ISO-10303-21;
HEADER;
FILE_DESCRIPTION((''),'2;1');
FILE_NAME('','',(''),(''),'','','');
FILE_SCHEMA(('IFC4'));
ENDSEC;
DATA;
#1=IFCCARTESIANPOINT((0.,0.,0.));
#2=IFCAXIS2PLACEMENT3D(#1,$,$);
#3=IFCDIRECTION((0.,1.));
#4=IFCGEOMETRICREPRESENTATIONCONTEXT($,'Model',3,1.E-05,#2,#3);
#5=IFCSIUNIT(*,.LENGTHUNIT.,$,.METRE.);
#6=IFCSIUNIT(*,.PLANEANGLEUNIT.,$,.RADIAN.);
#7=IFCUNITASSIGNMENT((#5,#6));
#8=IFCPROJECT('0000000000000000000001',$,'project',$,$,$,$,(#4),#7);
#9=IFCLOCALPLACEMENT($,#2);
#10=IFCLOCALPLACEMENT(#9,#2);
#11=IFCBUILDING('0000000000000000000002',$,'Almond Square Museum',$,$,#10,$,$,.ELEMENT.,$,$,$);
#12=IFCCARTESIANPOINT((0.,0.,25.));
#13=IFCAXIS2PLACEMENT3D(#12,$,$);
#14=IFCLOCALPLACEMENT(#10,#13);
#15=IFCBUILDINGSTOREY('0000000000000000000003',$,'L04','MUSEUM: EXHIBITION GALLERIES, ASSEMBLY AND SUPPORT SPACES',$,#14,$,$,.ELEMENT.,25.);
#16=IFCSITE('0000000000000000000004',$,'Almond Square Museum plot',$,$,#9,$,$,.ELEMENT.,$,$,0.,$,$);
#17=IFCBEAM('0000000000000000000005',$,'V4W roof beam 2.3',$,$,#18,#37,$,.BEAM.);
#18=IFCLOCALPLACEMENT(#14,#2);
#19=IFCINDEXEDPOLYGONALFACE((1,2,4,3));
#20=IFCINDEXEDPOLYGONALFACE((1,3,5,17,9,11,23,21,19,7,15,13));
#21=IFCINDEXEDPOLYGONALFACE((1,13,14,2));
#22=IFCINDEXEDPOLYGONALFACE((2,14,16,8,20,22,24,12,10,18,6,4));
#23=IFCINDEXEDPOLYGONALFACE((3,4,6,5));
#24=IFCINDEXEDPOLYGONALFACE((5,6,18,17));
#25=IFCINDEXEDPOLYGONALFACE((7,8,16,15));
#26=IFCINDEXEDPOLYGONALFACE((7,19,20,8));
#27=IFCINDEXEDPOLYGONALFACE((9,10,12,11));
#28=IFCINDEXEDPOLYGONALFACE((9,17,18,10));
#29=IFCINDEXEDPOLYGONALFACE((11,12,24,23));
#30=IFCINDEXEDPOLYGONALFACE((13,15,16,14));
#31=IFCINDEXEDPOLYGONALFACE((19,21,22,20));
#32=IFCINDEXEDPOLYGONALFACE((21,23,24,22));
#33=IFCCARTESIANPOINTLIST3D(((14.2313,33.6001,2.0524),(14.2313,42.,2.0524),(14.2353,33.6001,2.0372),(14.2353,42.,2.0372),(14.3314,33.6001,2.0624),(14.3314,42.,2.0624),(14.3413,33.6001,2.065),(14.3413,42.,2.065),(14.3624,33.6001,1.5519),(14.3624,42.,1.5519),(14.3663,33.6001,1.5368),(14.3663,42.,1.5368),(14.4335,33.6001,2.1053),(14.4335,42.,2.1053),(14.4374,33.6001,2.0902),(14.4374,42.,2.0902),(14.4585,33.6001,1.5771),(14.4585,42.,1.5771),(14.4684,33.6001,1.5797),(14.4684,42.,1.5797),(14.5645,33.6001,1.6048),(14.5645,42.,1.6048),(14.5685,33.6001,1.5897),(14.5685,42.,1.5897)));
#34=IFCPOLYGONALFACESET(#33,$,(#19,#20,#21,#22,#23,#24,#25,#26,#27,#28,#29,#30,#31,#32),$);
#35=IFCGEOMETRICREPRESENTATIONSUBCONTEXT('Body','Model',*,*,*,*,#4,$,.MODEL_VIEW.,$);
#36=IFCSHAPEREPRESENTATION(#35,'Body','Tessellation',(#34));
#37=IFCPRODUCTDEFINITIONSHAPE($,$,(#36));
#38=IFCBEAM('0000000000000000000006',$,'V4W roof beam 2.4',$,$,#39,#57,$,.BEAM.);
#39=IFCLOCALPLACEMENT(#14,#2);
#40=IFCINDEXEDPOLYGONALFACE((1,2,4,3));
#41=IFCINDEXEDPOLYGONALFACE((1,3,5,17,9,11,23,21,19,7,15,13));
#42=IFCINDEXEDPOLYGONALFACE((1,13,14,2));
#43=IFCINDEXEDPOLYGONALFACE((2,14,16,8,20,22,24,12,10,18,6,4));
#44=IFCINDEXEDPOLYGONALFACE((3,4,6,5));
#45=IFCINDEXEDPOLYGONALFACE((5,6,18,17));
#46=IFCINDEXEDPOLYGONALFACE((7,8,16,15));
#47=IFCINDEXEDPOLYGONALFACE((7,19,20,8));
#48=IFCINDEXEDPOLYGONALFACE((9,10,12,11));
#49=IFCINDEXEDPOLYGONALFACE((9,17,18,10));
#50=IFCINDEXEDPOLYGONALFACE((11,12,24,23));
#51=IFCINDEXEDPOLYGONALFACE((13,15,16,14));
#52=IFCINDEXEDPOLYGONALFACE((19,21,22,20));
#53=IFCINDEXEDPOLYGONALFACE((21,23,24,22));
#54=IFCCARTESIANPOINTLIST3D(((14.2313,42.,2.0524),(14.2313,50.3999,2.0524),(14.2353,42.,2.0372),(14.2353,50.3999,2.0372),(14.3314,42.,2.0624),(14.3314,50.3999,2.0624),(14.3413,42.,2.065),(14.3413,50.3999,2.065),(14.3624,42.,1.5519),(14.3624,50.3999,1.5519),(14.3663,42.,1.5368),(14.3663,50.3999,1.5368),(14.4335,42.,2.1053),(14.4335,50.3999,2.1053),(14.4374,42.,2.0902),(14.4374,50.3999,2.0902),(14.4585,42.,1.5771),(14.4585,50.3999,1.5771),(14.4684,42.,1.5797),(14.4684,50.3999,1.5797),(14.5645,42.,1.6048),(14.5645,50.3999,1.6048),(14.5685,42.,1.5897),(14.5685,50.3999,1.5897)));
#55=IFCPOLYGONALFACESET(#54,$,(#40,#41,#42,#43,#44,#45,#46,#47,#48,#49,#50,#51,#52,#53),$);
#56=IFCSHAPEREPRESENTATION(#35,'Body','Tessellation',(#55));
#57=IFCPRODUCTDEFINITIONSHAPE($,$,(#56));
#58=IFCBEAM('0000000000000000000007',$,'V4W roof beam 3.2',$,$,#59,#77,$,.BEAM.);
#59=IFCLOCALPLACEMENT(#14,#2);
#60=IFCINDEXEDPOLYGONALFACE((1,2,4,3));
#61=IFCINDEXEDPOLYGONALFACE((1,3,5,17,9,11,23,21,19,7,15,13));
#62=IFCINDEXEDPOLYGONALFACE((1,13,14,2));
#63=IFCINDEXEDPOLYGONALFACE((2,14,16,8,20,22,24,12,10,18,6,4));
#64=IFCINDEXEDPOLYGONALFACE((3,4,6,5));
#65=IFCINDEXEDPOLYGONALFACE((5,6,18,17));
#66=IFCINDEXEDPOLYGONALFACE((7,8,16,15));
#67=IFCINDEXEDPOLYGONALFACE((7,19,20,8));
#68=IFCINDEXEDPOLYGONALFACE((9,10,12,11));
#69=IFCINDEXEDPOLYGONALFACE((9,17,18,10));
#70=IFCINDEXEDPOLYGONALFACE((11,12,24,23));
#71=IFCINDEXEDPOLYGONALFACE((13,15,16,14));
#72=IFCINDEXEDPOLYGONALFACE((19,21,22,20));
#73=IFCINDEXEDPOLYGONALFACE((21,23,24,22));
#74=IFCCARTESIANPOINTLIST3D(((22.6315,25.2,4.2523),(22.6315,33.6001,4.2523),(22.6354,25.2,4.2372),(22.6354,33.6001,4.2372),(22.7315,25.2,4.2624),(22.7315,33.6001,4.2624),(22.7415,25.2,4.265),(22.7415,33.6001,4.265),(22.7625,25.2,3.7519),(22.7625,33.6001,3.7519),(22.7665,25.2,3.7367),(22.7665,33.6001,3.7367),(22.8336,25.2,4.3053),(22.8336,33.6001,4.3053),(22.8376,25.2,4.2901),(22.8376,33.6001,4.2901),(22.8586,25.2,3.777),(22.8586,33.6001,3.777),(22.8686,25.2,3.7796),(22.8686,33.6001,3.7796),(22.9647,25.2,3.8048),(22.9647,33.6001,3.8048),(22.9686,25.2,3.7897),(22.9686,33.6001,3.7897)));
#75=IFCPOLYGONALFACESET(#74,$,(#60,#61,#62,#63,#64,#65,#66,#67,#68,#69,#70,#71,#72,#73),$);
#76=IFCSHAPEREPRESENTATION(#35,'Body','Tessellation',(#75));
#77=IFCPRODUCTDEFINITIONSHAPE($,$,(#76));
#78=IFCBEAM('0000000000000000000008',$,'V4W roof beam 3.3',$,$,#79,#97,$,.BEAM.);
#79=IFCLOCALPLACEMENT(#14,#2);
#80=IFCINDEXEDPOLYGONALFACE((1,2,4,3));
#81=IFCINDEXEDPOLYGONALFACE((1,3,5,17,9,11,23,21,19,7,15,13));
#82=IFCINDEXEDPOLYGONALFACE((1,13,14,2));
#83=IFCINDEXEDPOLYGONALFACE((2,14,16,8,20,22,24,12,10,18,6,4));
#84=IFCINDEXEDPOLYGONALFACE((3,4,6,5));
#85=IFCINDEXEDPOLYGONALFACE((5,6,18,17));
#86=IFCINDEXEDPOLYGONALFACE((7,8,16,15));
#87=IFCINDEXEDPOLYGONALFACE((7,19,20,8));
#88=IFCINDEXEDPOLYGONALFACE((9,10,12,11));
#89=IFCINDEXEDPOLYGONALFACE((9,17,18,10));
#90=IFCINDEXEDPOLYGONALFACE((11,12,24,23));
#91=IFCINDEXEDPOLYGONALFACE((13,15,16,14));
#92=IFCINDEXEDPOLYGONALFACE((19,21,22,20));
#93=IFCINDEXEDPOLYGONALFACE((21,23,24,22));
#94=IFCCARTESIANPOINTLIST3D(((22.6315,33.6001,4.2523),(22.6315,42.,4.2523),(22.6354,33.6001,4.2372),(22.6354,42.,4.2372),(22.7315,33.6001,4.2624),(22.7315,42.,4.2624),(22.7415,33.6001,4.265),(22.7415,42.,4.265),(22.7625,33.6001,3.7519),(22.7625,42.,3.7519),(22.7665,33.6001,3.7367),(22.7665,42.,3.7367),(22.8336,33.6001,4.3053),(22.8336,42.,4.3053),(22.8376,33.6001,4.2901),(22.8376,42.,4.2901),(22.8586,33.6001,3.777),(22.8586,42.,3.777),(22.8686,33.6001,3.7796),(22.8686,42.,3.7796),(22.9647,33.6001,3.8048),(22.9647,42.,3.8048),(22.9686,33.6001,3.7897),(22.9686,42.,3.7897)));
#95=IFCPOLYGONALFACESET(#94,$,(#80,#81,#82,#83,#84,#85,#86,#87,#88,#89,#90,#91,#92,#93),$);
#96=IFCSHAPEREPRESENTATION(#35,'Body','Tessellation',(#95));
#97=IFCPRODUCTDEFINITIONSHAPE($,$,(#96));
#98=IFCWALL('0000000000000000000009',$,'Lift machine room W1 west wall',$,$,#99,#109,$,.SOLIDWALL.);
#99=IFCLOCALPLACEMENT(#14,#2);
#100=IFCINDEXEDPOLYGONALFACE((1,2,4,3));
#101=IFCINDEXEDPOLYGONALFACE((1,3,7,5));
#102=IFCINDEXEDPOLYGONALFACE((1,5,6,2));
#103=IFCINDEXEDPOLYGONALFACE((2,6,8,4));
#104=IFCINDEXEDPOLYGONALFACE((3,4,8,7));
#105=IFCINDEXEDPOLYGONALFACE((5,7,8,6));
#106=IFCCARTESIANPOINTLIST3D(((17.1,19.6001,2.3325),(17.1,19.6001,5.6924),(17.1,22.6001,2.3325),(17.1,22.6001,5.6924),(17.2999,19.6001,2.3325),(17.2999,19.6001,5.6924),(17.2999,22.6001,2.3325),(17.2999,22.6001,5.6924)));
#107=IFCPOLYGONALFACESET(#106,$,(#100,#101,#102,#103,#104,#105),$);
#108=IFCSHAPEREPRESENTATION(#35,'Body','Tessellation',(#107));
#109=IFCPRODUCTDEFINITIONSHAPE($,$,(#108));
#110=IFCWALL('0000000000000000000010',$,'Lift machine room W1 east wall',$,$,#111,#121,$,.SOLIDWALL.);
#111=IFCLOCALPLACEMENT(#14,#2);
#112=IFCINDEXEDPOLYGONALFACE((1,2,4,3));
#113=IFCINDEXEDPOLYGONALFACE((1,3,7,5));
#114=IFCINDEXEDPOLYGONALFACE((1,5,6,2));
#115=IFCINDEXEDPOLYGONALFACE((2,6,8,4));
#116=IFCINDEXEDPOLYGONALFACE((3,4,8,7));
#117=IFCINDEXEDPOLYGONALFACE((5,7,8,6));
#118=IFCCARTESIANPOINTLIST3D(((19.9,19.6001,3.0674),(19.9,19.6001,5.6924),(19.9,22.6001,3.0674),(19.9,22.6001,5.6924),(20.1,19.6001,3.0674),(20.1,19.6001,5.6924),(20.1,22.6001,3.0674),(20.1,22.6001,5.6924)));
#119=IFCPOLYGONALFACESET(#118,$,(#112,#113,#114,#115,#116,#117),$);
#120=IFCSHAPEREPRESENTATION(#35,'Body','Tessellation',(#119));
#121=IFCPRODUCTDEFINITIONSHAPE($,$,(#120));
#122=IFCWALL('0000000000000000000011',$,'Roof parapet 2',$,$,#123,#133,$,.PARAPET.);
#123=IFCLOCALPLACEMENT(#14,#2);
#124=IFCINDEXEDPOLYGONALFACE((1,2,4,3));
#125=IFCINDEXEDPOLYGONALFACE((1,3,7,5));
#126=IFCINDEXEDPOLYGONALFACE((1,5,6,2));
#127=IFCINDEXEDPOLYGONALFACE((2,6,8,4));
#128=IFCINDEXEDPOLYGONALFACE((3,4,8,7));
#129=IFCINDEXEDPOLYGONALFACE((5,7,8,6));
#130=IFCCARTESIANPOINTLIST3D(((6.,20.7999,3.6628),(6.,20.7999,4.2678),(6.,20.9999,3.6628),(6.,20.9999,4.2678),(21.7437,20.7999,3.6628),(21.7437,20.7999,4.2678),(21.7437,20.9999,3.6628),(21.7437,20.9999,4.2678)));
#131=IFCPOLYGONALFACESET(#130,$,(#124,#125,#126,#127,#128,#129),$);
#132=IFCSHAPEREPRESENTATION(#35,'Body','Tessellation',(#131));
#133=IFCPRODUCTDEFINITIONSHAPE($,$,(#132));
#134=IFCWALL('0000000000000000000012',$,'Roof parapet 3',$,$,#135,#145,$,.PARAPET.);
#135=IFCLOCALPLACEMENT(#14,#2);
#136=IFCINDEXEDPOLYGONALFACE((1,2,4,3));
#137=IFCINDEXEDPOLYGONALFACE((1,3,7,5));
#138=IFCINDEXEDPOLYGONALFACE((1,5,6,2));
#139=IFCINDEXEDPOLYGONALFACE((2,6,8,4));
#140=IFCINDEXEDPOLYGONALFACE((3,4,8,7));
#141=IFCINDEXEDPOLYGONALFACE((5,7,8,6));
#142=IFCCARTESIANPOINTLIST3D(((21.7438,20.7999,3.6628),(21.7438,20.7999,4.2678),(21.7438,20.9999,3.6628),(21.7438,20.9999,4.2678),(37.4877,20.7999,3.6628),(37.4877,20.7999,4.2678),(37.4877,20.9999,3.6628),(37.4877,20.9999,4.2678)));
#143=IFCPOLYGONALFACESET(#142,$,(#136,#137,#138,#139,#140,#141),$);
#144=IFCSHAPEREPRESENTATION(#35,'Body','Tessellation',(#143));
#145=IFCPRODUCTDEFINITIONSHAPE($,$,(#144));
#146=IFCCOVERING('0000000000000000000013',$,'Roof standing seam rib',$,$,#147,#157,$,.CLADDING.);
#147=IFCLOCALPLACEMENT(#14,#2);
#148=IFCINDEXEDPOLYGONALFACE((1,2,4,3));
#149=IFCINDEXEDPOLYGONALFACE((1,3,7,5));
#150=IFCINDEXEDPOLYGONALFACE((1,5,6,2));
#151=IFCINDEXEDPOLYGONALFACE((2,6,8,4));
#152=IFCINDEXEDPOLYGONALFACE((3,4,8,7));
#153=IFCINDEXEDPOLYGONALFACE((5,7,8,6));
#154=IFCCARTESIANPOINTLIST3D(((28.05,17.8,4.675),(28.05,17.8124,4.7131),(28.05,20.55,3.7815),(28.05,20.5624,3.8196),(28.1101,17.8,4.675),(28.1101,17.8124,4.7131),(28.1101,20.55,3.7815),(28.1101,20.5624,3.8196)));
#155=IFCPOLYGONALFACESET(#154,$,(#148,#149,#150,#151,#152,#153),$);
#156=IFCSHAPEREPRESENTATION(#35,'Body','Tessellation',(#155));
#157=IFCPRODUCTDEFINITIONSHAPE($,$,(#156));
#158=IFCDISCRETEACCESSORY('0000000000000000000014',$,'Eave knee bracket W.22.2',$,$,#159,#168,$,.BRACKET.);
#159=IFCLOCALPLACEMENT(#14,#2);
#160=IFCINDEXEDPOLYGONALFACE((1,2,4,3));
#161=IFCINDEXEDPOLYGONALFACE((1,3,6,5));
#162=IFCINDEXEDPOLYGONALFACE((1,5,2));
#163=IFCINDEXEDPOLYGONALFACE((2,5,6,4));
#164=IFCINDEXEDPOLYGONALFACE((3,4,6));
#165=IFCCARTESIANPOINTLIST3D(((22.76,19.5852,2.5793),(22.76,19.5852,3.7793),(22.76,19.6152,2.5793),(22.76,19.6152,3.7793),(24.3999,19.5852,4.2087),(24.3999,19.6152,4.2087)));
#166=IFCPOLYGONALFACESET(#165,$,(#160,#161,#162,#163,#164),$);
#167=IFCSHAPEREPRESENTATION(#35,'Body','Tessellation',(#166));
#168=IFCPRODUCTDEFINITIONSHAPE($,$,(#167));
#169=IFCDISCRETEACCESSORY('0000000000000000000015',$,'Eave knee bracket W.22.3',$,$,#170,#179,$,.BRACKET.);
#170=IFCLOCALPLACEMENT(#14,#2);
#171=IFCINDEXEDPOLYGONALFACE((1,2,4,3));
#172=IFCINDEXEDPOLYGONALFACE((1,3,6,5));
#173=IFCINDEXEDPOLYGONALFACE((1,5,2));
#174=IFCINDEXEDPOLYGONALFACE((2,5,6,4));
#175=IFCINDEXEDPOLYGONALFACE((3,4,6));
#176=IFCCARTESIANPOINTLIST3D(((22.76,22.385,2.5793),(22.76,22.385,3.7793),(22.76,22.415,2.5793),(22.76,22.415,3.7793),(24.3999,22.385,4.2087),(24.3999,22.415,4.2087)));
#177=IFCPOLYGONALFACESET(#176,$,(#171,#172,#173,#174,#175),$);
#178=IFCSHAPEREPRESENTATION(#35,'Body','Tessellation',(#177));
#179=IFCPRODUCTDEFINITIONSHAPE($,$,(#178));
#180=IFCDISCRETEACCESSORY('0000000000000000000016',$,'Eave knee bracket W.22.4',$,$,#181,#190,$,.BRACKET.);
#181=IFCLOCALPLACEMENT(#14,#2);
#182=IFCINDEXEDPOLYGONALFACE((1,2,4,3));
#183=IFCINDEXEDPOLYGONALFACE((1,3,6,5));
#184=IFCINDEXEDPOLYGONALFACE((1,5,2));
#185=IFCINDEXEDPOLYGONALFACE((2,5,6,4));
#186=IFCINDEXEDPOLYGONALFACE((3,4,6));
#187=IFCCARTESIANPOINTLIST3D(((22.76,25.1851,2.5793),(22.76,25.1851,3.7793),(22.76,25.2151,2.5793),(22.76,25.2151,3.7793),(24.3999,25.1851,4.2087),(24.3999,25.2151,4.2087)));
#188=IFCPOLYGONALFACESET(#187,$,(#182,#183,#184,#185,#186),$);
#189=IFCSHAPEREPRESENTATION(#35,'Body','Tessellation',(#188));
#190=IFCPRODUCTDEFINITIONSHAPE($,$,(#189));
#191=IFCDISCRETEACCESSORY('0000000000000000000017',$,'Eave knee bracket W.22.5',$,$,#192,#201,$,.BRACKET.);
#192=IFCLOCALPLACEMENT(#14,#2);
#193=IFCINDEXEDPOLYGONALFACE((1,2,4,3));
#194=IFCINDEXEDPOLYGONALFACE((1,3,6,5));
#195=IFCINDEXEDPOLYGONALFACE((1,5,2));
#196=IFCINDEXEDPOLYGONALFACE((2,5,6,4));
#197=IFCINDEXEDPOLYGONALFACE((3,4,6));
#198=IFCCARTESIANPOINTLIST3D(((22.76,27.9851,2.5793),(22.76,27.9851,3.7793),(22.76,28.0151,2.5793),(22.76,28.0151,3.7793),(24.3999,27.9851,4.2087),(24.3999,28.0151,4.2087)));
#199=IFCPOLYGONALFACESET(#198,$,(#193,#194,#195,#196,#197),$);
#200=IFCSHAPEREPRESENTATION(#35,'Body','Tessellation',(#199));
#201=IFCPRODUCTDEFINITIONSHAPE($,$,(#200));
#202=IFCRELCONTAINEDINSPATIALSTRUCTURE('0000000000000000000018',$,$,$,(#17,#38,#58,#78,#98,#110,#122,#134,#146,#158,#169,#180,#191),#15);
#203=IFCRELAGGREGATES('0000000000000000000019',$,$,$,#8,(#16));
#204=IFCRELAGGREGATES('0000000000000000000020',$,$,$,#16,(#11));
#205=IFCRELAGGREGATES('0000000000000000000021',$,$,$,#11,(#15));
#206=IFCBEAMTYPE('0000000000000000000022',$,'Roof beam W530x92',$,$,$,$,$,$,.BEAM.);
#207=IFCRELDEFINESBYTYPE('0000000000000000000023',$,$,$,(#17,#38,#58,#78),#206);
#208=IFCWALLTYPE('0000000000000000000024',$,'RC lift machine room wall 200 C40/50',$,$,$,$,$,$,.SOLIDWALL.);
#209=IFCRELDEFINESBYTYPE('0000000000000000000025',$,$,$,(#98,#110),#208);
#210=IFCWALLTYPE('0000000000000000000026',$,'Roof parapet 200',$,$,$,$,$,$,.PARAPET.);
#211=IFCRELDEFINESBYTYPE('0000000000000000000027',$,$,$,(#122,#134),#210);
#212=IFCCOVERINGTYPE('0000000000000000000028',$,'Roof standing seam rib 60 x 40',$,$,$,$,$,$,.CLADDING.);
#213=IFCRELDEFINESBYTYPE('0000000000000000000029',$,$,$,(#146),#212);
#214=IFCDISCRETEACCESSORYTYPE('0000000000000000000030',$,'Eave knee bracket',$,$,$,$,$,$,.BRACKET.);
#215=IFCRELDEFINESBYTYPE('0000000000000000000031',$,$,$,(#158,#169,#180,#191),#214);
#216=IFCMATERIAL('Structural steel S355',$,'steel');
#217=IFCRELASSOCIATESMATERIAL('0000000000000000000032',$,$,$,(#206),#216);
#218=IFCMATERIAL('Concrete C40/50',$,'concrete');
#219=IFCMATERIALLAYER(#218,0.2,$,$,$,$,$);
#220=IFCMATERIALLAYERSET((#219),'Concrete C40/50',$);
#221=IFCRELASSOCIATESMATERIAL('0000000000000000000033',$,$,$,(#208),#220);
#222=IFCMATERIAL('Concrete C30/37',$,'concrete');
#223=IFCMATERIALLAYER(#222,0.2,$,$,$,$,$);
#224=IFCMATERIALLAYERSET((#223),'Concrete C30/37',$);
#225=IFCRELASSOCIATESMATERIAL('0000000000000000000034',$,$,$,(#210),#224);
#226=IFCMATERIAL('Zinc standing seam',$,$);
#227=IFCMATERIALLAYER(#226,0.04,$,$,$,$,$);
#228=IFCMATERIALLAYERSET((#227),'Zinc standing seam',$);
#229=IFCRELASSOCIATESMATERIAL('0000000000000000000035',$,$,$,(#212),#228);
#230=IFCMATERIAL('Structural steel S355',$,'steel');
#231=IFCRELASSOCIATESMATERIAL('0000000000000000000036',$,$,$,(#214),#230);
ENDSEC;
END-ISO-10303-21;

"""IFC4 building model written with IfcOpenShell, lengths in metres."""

from ifc_helpers import new_model, si_unit, direction, frame, frame_2d, origin, origin_2d, place, context, subcontext, project, spatial, polyline, rectangle, i_section, outline, extrude, material, layer, layer_set, material_profile, profile_set, type_object, element, save


model = new_model("IFC4")

# Units and contexts
model_context = context("Model", 3, precision=1e-05, world=origin(), true_north=direction((0.0, 1.0)))
body_context = subcontext(model_context, "Body", "Model", "MODEL_VIEW")
ifc_project = project(units=[si_unit("LENGTHUNIT", "METRE"), si_unit("PLANEANGLEUNIT", "RADIAN")], contexts=[model_context])

# Site, building, storey
site_placement = place(None, origin())
site = spatial("IfcSite", under=ifc_project, at=site_placement, Name="Almond Square Museum plot", CompositionType="ELEMENT", RefElevation=0.0)
building_placement = place(site_placement, origin())
building = spatial("IfcBuilding", under=site, at=building_placement, Name="Almond Square Museum", CompositionType="ELEMENT")
storey_placement = place(building_placement, frame((0.0, 0.0, 25.0)))
storey = spatial("IfcBuildingStorey", under=building, at=storey_placement, Name="L04", Description="MUSEUM: EXHIBITION GALLERIES, ASSEMBLY AND SUPPORT SPACES", CompositionType="ELEMENT", Elevation=25.0)

# Beams
ifc_material_1 = material(Name="Structural steel S355", Category="steel")
ifc_material_profile_1 = material_profile(ifc_material_1, i_section(OverallWidth=0.209, OverallDepth=0.533, WebThickness=0.0103, FlangeThickness=0.0156, at=origin_2d()))
ifc_profile_set_1 = profile_set([ifc_material_profile_1], Name="Structural steel S355")
beam_type = type_object("IfcBeamType", Name="Roof beam W530x92", PredefinedType="BEAM", material=ifc_profile_set_1)
for number, where, z_axis, x_axis, name in (
    (1, (14.3999, 33.6001, 1.821), (0.0, 1.0, 0.0), (-0.967372, 0.0, -0.25336), "V4W roof beam 2.3"),
    (2, (14.3999, 42.0, 1.821), (0.0, 1.0, 0.0), (-0.967372, 0.0, -0.25336), "V4W roof beam 2.4"),
):
    element("IfcBeam", number, at=place(storey_placement, frame(where, z_axis=z_axis, x_axis=x_axis)), inside=storey, type_object=beam_type, Name=name, PredefinedType="BEAM", context=body_context, shape_type="SweptSolid", body=[
        extrude(i_section(OverallWidth=0.209, OverallDepth=0.533, WebThickness=0.0103, FlangeThickness=0.0156, at=origin_2d()), origin(), (0.0, 0.0, 1.0), 8.3999),
    ])
beam_1_placement = place(storey_placement, frame((22.8, 25.2, 4.021), z_axis=(0.0, 1.0, 0.0), x_axis=(-0.967372, 0.0, -0.25336)))
element("IfcBeam", 3, at=beam_1_placement, inside=storey, type_object=beam_type, Name="V4W roof beam 3.2", PredefinedType="BEAM", context=body_context, shape_type="SweptSolid", body=[
    extrude(i_section(OverallWidth=0.209, OverallDepth=0.533, WebThickness=0.0103, FlangeThickness=0.0156, at=origin_2d()), origin(), (0.0, 0.0, 1.0), 8.4001),
])
beam_2_placement = place(storey_placement, frame((22.8, 33.6001, 4.021), z_axis=(0.0, 1.0, 0.0), x_axis=(-0.967372, 0.0, -0.25336)))
element("IfcBeam", 4, at=beam_2_placement, inside=storey, type_object=beam_type, Name="V4W roof beam 3.3", PredefinedType="BEAM", context=body_context, shape_type="SweptSolid", body=[
    extrude(i_section(OverallWidth=0.209, OverallDepth=0.533, WebThickness=0.0103, FlangeThickness=0.0156, at=origin_2d()), origin(), (0.0, 0.0, 1.0), 8.3999),
])

# Walls
ifc_material_2 = material(Name="Concrete C40/50", Category="concrete")
ifc_layer_1 = layer(ifc_material_2, 0.2)
ifc_layer_set_1 = layer_set([ifc_layer_1], Name="Concrete C40/50")
wall_type_1 = type_object("IfcWallType", Name="RC lift machine room wall 200 C40/50", PredefinedType="SOLIDWALL", material=ifc_layer_set_1)
wall_1_placement = place(storey_placement, frame((17.2, 19.6001, 2.3325), z_axis=(0.0, 0.0, 1.0), x_axis=(0.0, 1.0, 0.0)))
element("IfcWall", 5, at=wall_1_placement, inside=storey, type_object=wall_type_1, Name="Lift machine room W1 west wall", PredefinedType="SOLIDWALL", context=body_context, shape_type="SweptSolid", body=[
    extrude(rectangle(XDim=3.0, YDim=0.2, at=frame_2d((1.5, 0.0))), origin(), (0.0, 0.0, 1.0), 3.3599),
])
wall_2_placement = place(storey_placement, frame((20.0, 19.6001, 3.0674), z_axis=(0.0, 0.0, 1.0), x_axis=(0.0, 1.0, 0.0)))
element("IfcWall", 6, at=wall_2_placement, inside=storey, type_object=wall_type_1, Name="Lift machine room W1 east wall", PredefinedType="SOLIDWALL", context=body_context, shape_type="SweptSolid", body=[
    extrude(rectangle(XDim=3.0, YDim=0.2, at=frame_2d((1.5, 0.0))), origin(), (0.0, 0.0, 1.0), 2.625),
])
ifc_material_3 = material(Name="Concrete C30/37", Category="concrete")
ifc_layer_2 = layer(ifc_material_3, 0.2)
ifc_layer_set_2 = layer_set([ifc_layer_2], Name="Concrete C30/37")
wall_type_2 = type_object("IfcWallType", Name="Roof parapet 200", PredefinedType="PARAPET", material=ifc_layer_set_2)
wall_3_placement = place(storey_placement, frame((6.0, 20.8999, 3.6628), z_axis=(0.0, 0.0, 1.0), x_axis=(1.0, 0.0, 0.0)))
element("IfcWall", 7, at=wall_3_placement, inside=storey, type_object=wall_type_2, Name="Roof parapet 2", PredefinedType="PARAPET", context=body_context, shape_type="SweptSolid", body=[
    extrude(rectangle(XDim=15.7437, YDim=0.2, at=frame_2d((7.8718, 0.0))), origin(), (0.0, 0.0, 1.0), 0.605),
])
wall_4_placement = place(storey_placement, frame((21.7437, 20.8999, 3.6628), z_axis=(0.0, 0.0, 1.0), x_axis=(1.0, 0.0, 0.0)))
element("IfcWall", 8, at=wall_4_placement, inside=storey, type_object=wall_type_2, Name="Roof parapet 3", PredefinedType="PARAPET", context=body_context, shape_type="SweptSolid", body=[
    extrude(rectangle(XDim=15.7439, YDim=0.2, at=frame_2d((7.8721, 0.0))), origin(), (0.0, 0.0, 1.0), 0.605),
])

# Covering
ifc_material_4 = material(Name="Zinc standing seam")
ifc_layer_3 = layer(ifc_material_4, 0.04)
ifc_layer_set_3 = layer_set([ifc_layer_3], Name="Zinc standing seam")
covering_type = type_object("IfcCoveringType", Name="Roof standing seam rib 60 x 40", PredefinedType="CLADDING", material=ifc_layer_set_3)
covering_placement = place(storey_placement, frame((28.1101, 17.8, 4.675), z_axis=(0.0, 0.309025, 0.951054), x_axis=(0.0, 0.951054, -0.309025)))
element("IfcCovering", 9, at=covering_placement, inside=storey, type_object=covering_type, Name="Roof standing seam rib", PredefinedType="CLADDING", context=body_context, shape_type="SweptSolid", body=[
    extrude(outline(polyline([(0.0, 0.0), (2.8915, 0.0), (2.8915, 0.0601), (0.0, 0.0601), (0.0, 0.0)])), origin(), (0.0, 0.0, 1.0), 0.04),
])

# Discrete accessories
ifc_material_5 = material(Name="Structural steel S355", Category="steel")
discrete_accessory_type = type_object("IfcDiscreteAccessoryType", Name="Eave knee bracket", PredefinedType="BRACKET", material=ifc_material_5)
for number, where, z_axis, x_axis, name in (
    (10, (22.76, 19.6001, 3.7793), (0.0, -1.0, 0.0), (0.0, 0.0, -1.0), "Eave knee bracket W.22.2"),
    (11, (22.76, 22.3999, 3.7793), (0.0, -1.0, 0.0), (0.0, 0.0, -1.0), "Eave knee bracket W.22.3"),
    (12, (22.76, 25.2, 3.7793), (0.0, -1.0, 0.0), (0.0, 0.0, -1.0), "Eave knee bracket W.22.4"),
    (13, (22.76, 28.0, 3.7793), (0.0, -1.0, 0.0), (0.0, 0.0, -1.0), "Eave knee bracket W.22.5"),
):
    element("IfcDiscreteAccessory", number, at=place(storey_placement, frame(where, z_axis=z_axis, x_axis=x_axis)), inside=storey, type_object=discrete_accessory_type, Name=name, PredefinedType="BRACKET", context=body_context, shape_type="SweptSolid", body=[
        extrude(outline(polyline([(0.0, 0.0), (1.2, 0.0), (-0.4294, 1.6399), (0.0, 0.0)])), frame((0.0, 0.0, -0.0151)), (0.0, 0.0, 1.0), 0.03),
    ])

save(model, "model.ifc")
